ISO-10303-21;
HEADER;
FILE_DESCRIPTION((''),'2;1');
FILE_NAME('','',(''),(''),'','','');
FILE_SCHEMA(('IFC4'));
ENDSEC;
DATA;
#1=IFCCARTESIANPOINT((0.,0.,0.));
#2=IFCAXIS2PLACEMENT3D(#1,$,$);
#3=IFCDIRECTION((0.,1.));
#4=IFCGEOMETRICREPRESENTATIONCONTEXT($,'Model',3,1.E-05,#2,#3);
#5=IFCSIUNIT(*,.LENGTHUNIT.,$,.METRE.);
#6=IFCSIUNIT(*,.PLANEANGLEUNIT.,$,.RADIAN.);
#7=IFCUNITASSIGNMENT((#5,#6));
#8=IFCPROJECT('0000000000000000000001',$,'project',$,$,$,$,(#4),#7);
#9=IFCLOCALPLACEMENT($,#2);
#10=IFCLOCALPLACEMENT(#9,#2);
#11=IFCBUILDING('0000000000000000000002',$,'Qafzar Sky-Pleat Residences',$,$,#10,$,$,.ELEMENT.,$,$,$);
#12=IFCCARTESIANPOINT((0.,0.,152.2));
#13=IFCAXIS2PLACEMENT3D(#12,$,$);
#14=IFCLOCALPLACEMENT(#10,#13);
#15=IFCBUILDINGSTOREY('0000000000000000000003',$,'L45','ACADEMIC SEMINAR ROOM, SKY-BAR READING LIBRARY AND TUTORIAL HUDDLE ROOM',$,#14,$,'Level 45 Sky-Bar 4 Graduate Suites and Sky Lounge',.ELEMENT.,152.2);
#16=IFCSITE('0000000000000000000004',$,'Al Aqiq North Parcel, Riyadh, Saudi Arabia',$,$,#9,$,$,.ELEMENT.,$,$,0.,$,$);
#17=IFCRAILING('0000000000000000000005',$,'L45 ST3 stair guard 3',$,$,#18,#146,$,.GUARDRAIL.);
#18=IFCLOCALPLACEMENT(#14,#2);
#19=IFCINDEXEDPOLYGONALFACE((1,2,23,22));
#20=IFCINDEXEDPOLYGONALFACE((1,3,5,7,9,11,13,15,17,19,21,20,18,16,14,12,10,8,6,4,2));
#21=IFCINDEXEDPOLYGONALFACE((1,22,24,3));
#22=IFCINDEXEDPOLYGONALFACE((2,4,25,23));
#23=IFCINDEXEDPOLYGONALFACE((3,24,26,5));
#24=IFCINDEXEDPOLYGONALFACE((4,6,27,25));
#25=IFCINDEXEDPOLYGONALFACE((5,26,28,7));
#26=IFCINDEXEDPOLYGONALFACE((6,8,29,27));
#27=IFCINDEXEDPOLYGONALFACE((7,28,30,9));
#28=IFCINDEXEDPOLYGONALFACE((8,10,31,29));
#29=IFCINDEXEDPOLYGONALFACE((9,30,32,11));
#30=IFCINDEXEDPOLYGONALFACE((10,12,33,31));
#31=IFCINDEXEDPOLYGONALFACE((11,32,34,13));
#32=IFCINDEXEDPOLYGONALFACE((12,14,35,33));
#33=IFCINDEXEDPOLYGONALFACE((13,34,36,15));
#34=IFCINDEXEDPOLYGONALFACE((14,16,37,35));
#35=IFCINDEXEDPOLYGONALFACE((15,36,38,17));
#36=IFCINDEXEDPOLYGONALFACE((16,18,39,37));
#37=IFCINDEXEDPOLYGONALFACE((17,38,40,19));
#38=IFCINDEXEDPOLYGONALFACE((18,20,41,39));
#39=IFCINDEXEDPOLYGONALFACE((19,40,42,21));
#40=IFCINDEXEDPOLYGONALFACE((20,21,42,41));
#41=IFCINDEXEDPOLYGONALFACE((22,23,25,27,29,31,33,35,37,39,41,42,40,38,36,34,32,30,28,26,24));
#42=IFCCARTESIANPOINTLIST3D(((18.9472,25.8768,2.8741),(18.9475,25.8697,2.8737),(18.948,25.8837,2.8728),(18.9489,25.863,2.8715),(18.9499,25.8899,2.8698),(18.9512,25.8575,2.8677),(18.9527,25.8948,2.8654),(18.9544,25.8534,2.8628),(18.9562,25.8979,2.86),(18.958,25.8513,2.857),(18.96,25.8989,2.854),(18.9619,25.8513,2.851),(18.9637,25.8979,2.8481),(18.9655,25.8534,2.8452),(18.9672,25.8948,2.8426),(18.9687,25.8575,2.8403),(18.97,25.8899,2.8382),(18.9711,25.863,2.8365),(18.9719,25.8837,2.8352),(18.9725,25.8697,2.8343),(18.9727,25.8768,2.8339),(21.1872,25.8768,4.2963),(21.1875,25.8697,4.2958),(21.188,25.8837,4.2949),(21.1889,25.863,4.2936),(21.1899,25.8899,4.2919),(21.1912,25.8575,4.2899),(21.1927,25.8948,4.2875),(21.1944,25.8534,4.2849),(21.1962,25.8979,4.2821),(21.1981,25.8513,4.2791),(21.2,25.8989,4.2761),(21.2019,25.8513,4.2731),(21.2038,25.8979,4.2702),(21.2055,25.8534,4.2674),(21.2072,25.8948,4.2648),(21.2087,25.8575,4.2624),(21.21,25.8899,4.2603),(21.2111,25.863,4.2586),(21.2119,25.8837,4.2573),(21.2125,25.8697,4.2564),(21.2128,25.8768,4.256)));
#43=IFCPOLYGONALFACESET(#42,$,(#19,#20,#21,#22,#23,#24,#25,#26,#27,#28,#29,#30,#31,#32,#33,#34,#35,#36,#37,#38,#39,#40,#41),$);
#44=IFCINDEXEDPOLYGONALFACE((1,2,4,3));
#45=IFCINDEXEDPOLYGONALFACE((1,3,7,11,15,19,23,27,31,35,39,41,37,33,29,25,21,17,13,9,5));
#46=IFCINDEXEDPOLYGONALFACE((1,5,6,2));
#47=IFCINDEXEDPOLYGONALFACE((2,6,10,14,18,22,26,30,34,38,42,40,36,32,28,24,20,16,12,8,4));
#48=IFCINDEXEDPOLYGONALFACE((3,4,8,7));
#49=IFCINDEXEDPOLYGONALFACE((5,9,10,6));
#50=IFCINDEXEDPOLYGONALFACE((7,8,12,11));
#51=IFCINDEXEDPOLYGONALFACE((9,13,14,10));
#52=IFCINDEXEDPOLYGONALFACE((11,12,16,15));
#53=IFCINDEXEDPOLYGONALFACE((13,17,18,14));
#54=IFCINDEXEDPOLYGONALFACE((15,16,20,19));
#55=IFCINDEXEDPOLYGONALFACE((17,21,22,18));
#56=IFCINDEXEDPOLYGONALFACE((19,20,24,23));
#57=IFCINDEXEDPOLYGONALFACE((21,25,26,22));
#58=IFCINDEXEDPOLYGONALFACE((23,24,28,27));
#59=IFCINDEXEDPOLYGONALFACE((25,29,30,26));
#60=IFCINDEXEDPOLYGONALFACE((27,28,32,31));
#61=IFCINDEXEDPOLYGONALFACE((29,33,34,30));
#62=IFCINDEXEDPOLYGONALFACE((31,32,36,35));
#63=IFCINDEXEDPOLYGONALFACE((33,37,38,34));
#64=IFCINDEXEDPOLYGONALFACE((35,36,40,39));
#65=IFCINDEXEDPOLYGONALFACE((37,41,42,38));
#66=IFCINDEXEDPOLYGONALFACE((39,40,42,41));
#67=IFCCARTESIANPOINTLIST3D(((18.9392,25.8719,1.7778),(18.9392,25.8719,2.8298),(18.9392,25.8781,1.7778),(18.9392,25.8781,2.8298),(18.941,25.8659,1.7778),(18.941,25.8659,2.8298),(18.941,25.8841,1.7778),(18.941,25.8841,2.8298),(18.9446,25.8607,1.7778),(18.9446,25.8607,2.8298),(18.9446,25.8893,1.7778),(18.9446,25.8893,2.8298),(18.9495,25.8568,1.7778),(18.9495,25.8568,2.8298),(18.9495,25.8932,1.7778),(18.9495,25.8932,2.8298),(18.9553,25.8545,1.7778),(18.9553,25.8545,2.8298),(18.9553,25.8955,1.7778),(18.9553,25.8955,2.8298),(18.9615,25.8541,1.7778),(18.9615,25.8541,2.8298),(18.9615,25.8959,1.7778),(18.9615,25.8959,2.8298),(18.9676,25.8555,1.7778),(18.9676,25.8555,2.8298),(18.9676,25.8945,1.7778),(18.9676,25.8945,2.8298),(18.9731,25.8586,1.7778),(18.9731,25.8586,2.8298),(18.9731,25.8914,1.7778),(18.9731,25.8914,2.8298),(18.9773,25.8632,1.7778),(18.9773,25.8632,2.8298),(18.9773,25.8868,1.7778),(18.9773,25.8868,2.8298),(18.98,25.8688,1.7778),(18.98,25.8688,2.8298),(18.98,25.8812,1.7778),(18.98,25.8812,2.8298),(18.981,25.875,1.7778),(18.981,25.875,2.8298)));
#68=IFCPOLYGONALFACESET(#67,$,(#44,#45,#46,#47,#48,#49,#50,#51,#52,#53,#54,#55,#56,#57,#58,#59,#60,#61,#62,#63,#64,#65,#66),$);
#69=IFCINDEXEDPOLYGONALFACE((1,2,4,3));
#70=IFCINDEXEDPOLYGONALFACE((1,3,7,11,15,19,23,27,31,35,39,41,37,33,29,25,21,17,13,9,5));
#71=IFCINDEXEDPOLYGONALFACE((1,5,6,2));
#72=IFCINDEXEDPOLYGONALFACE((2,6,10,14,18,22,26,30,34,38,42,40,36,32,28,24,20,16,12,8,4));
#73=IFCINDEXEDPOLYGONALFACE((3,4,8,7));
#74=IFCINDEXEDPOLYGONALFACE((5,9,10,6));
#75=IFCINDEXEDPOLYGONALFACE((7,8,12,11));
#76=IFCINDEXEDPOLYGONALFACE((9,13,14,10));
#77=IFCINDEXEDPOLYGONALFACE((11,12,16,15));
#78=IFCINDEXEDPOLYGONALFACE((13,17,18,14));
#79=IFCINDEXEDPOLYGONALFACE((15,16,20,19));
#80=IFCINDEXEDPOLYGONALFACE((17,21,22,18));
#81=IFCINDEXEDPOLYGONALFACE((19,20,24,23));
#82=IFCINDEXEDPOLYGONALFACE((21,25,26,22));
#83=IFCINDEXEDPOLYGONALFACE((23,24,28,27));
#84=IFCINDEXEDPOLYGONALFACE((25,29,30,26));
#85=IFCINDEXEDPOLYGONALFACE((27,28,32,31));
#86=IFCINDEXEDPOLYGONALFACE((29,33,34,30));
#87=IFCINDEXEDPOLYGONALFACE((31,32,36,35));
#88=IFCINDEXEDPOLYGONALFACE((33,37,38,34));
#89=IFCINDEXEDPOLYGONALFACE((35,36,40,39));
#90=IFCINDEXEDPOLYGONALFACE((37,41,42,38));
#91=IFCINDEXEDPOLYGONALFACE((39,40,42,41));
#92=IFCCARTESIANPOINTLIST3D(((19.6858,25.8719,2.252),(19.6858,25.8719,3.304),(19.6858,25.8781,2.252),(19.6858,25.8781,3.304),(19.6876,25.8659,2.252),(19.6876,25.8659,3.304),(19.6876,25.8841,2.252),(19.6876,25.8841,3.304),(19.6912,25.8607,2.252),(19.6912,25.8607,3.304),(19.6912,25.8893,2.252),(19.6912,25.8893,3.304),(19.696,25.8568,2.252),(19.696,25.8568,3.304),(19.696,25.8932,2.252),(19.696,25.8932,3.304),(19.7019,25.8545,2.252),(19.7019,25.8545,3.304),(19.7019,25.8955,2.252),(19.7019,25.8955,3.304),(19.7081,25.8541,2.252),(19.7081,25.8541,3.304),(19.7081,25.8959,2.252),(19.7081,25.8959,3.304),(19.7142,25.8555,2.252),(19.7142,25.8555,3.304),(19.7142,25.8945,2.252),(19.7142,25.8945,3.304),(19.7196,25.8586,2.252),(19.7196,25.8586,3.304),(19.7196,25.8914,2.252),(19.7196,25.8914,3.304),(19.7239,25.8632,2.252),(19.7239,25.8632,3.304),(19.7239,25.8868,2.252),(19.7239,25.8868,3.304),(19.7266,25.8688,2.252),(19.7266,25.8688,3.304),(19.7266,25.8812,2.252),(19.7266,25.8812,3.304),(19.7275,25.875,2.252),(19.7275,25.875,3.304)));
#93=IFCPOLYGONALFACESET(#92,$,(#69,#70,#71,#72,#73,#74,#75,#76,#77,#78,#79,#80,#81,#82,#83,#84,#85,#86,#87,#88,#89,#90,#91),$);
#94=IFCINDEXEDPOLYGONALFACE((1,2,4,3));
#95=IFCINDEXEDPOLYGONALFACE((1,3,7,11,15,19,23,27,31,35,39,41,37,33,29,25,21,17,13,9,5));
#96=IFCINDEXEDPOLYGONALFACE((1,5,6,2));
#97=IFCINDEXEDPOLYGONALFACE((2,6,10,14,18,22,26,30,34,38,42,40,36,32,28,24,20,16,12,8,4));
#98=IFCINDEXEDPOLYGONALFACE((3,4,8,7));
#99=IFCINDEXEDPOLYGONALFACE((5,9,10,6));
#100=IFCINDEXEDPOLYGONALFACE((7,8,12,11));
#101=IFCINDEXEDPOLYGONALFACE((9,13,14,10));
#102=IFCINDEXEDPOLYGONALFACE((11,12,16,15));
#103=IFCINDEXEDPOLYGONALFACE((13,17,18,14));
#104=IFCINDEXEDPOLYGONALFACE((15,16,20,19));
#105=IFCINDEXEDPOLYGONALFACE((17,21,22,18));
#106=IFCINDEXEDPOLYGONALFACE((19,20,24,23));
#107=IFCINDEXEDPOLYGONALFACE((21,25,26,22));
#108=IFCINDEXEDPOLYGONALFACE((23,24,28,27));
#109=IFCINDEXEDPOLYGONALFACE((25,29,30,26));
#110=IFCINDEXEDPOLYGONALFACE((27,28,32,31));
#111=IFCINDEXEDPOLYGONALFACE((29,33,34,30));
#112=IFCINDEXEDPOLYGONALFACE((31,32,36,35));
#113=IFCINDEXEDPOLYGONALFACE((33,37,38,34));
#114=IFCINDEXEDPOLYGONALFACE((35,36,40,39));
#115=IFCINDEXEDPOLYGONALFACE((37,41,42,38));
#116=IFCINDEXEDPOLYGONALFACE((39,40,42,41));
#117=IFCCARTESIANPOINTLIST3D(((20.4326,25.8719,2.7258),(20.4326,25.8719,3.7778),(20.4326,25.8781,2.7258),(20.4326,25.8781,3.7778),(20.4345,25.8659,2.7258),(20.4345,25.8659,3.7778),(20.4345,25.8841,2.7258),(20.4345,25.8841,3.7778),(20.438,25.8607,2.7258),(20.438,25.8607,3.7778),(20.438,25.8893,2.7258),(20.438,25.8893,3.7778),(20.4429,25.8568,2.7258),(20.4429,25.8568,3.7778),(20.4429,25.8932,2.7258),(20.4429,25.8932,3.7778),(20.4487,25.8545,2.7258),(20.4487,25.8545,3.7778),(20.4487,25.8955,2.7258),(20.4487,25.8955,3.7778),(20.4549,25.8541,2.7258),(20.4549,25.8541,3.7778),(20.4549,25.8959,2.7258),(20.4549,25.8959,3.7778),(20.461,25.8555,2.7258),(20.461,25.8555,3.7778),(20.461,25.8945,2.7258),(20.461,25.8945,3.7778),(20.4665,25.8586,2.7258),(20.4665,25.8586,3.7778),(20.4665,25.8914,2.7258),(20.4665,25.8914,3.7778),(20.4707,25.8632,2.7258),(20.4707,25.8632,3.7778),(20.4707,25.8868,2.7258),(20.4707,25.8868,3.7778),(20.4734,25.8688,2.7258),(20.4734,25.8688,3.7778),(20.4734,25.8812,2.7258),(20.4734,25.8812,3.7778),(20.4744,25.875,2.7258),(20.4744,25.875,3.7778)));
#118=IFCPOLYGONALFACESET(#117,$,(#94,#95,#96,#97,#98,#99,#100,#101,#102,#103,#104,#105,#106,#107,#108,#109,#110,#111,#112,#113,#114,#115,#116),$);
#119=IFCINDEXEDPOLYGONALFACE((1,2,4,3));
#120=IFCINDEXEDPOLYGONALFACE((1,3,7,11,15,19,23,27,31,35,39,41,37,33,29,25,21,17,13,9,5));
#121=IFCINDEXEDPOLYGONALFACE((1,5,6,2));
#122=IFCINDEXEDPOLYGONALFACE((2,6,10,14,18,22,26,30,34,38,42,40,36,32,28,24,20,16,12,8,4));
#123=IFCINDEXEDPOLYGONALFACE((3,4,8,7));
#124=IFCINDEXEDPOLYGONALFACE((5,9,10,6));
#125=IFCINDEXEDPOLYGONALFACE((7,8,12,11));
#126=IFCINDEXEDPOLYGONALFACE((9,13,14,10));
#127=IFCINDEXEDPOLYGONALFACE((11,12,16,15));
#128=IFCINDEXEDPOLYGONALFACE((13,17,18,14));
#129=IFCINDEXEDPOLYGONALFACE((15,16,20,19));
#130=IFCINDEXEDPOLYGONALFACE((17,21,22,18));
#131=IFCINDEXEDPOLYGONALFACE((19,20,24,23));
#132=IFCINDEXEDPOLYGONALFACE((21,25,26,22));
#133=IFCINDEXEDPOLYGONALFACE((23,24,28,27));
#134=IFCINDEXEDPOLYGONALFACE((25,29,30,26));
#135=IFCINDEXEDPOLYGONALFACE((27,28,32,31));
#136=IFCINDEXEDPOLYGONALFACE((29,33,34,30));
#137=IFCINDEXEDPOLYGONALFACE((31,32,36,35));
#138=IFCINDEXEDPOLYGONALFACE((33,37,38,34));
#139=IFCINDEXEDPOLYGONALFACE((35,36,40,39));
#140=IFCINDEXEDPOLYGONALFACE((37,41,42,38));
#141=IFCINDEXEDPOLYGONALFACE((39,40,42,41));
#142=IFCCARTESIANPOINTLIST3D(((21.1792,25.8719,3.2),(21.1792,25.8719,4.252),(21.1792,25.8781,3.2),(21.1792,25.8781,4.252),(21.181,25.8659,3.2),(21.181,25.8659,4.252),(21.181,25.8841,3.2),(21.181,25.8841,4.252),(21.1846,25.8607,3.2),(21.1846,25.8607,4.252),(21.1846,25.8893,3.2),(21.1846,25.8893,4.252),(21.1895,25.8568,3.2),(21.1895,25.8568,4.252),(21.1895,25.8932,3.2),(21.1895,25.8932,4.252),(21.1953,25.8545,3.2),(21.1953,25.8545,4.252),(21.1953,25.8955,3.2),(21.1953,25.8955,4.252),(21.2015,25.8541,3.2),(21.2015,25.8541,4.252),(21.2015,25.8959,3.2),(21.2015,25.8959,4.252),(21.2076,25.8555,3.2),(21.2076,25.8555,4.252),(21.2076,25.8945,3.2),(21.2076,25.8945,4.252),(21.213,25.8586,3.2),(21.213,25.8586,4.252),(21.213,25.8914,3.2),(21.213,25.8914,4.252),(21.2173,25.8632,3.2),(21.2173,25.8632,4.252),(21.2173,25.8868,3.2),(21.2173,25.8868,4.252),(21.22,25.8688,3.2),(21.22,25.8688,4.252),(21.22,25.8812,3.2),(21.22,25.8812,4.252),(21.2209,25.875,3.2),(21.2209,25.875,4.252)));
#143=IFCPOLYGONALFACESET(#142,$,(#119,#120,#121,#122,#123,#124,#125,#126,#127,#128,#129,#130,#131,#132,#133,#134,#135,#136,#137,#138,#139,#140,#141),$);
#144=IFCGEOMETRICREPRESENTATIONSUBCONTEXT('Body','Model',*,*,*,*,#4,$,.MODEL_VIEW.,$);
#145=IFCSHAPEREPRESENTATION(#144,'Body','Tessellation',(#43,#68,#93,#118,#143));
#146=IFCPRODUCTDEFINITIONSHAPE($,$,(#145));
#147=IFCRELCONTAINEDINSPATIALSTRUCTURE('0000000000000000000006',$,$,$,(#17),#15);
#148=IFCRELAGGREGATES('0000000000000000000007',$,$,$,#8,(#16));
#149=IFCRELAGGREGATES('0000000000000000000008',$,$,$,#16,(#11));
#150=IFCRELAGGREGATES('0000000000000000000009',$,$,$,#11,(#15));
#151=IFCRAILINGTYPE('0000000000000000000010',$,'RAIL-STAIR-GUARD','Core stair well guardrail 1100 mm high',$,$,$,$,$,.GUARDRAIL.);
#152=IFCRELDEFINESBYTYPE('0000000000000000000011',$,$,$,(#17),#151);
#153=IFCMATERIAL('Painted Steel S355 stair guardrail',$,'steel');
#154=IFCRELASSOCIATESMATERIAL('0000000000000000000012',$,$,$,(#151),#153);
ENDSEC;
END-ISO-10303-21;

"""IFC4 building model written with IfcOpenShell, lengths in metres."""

from ifc_helpers import new_model, si_unit, direction, frame, origin, origin_2d, place, context, subcontext, project, spatial, circle, extrude, source, transform, mapped, material, type_object, element, save


model = new_model("IFC4")

# Units and contexts
model_context = context("Model", 3, precision=1e-05, world=origin(), true_north=direction((0.0, 1.0)))
body_context = subcontext(model_context, "Body", "Model", "MODEL_VIEW")
ifc_project = project(units=[si_unit("LENGTHUNIT", "METRE"), si_unit("PLANEANGLEUNIT", "RADIAN")], contexts=[model_context])

# Site, building, storey
site_placement = place(None, origin())
site = spatial("IfcSite", under=ifc_project, at=site_placement, Name="Al Aqiq North Parcel, Riyadh, Saudi Arabia", CompositionType="ELEMENT", RefElevation=0.0)
building_placement = place(site_placement, origin())
building = spatial("IfcBuilding", under=site, at=building_placement, Name="Qafzar Sky-Pleat Residences", CompositionType="ELEMENT")
storey_placement = place(building_placement, frame((0.0, 0.0, 152.2)))
storey = spatial("IfcBuildingStorey", under=building, at=storey_placement, Name="L45", Description="ACADEMIC SEMINAR ROOM, SKY-BAR READING LIBRARY AND TUTORIAL HUDDLE ROOM", LongName="Level 45 Sky-Bar 4 Graduate Suites and Sky Lounge", CompositionType="ELEMENT", Elevation=152.2)

# Railing
ifc_material_1 = material(Name="Painted Steel S355 stair guardrail", Category="steel")
railing_type_1 = type_object("IfcRailingType", Name="RAIL-STAIR-GUARD", Description="Core stair well guardrail 1100 mm high", PredefinedType="GUARDRAIL", material=ifc_material_1)
shared_shape_1 = source(origin(), body_context, "Body", "SweptSolid", [
    extrude(circle(Radius=0.0239, at=origin_2d()), frame((0.0, 0.0, 1.0762), z_axis=(0.844229, 0.0, 0.535982), x_axis=(0.0, 1.0, 0.0)), (0.0, 0.0, 1.0), 2.6533),
    extrude(circle(Radius=0.021, at=origin_2d()), origin(), (0.0, 0.0, 1.0), 1.052),
    extrude(circle(Radius=0.021, at=origin_2d()), frame((0.7466, 0.0, 0.4741)), (0.0, 0.0, 1.0), 1.052),
    extrude(circle(Radius=0.021, at=origin_2d()), frame((1.4934, 0.0, 0.948)), (0.0, 0.0, 1.0), 1.052),
    extrude(circle(Radius=0.021, at=origin_2d()), frame((2.24, 0.0, 1.4221)), (0.0, 0.0, 1.0), 1.052),
])
railing_1_placement = place(storey_placement, frame((18.96, 25.875, 1.7778)))
element("IfcRailing", 1, at=railing_1_placement, inside=storey, type_object=railing_type_1, Name="L45 ST3 stair guard 3", PredefinedType="GUARDRAIL", context=body_context, shape_type="MappedRepresentation", body=[
    mapped(shared_shape_1, transform((0.0, 0.0, 0.0), x_axis=(1.0, 0.0, 0.0), y_axis=(0.0, 1.0, 0.0), z_axis=(0.0, 0.0, 1.0), scale=1.0)),
])

save(model, "model.ifc")
